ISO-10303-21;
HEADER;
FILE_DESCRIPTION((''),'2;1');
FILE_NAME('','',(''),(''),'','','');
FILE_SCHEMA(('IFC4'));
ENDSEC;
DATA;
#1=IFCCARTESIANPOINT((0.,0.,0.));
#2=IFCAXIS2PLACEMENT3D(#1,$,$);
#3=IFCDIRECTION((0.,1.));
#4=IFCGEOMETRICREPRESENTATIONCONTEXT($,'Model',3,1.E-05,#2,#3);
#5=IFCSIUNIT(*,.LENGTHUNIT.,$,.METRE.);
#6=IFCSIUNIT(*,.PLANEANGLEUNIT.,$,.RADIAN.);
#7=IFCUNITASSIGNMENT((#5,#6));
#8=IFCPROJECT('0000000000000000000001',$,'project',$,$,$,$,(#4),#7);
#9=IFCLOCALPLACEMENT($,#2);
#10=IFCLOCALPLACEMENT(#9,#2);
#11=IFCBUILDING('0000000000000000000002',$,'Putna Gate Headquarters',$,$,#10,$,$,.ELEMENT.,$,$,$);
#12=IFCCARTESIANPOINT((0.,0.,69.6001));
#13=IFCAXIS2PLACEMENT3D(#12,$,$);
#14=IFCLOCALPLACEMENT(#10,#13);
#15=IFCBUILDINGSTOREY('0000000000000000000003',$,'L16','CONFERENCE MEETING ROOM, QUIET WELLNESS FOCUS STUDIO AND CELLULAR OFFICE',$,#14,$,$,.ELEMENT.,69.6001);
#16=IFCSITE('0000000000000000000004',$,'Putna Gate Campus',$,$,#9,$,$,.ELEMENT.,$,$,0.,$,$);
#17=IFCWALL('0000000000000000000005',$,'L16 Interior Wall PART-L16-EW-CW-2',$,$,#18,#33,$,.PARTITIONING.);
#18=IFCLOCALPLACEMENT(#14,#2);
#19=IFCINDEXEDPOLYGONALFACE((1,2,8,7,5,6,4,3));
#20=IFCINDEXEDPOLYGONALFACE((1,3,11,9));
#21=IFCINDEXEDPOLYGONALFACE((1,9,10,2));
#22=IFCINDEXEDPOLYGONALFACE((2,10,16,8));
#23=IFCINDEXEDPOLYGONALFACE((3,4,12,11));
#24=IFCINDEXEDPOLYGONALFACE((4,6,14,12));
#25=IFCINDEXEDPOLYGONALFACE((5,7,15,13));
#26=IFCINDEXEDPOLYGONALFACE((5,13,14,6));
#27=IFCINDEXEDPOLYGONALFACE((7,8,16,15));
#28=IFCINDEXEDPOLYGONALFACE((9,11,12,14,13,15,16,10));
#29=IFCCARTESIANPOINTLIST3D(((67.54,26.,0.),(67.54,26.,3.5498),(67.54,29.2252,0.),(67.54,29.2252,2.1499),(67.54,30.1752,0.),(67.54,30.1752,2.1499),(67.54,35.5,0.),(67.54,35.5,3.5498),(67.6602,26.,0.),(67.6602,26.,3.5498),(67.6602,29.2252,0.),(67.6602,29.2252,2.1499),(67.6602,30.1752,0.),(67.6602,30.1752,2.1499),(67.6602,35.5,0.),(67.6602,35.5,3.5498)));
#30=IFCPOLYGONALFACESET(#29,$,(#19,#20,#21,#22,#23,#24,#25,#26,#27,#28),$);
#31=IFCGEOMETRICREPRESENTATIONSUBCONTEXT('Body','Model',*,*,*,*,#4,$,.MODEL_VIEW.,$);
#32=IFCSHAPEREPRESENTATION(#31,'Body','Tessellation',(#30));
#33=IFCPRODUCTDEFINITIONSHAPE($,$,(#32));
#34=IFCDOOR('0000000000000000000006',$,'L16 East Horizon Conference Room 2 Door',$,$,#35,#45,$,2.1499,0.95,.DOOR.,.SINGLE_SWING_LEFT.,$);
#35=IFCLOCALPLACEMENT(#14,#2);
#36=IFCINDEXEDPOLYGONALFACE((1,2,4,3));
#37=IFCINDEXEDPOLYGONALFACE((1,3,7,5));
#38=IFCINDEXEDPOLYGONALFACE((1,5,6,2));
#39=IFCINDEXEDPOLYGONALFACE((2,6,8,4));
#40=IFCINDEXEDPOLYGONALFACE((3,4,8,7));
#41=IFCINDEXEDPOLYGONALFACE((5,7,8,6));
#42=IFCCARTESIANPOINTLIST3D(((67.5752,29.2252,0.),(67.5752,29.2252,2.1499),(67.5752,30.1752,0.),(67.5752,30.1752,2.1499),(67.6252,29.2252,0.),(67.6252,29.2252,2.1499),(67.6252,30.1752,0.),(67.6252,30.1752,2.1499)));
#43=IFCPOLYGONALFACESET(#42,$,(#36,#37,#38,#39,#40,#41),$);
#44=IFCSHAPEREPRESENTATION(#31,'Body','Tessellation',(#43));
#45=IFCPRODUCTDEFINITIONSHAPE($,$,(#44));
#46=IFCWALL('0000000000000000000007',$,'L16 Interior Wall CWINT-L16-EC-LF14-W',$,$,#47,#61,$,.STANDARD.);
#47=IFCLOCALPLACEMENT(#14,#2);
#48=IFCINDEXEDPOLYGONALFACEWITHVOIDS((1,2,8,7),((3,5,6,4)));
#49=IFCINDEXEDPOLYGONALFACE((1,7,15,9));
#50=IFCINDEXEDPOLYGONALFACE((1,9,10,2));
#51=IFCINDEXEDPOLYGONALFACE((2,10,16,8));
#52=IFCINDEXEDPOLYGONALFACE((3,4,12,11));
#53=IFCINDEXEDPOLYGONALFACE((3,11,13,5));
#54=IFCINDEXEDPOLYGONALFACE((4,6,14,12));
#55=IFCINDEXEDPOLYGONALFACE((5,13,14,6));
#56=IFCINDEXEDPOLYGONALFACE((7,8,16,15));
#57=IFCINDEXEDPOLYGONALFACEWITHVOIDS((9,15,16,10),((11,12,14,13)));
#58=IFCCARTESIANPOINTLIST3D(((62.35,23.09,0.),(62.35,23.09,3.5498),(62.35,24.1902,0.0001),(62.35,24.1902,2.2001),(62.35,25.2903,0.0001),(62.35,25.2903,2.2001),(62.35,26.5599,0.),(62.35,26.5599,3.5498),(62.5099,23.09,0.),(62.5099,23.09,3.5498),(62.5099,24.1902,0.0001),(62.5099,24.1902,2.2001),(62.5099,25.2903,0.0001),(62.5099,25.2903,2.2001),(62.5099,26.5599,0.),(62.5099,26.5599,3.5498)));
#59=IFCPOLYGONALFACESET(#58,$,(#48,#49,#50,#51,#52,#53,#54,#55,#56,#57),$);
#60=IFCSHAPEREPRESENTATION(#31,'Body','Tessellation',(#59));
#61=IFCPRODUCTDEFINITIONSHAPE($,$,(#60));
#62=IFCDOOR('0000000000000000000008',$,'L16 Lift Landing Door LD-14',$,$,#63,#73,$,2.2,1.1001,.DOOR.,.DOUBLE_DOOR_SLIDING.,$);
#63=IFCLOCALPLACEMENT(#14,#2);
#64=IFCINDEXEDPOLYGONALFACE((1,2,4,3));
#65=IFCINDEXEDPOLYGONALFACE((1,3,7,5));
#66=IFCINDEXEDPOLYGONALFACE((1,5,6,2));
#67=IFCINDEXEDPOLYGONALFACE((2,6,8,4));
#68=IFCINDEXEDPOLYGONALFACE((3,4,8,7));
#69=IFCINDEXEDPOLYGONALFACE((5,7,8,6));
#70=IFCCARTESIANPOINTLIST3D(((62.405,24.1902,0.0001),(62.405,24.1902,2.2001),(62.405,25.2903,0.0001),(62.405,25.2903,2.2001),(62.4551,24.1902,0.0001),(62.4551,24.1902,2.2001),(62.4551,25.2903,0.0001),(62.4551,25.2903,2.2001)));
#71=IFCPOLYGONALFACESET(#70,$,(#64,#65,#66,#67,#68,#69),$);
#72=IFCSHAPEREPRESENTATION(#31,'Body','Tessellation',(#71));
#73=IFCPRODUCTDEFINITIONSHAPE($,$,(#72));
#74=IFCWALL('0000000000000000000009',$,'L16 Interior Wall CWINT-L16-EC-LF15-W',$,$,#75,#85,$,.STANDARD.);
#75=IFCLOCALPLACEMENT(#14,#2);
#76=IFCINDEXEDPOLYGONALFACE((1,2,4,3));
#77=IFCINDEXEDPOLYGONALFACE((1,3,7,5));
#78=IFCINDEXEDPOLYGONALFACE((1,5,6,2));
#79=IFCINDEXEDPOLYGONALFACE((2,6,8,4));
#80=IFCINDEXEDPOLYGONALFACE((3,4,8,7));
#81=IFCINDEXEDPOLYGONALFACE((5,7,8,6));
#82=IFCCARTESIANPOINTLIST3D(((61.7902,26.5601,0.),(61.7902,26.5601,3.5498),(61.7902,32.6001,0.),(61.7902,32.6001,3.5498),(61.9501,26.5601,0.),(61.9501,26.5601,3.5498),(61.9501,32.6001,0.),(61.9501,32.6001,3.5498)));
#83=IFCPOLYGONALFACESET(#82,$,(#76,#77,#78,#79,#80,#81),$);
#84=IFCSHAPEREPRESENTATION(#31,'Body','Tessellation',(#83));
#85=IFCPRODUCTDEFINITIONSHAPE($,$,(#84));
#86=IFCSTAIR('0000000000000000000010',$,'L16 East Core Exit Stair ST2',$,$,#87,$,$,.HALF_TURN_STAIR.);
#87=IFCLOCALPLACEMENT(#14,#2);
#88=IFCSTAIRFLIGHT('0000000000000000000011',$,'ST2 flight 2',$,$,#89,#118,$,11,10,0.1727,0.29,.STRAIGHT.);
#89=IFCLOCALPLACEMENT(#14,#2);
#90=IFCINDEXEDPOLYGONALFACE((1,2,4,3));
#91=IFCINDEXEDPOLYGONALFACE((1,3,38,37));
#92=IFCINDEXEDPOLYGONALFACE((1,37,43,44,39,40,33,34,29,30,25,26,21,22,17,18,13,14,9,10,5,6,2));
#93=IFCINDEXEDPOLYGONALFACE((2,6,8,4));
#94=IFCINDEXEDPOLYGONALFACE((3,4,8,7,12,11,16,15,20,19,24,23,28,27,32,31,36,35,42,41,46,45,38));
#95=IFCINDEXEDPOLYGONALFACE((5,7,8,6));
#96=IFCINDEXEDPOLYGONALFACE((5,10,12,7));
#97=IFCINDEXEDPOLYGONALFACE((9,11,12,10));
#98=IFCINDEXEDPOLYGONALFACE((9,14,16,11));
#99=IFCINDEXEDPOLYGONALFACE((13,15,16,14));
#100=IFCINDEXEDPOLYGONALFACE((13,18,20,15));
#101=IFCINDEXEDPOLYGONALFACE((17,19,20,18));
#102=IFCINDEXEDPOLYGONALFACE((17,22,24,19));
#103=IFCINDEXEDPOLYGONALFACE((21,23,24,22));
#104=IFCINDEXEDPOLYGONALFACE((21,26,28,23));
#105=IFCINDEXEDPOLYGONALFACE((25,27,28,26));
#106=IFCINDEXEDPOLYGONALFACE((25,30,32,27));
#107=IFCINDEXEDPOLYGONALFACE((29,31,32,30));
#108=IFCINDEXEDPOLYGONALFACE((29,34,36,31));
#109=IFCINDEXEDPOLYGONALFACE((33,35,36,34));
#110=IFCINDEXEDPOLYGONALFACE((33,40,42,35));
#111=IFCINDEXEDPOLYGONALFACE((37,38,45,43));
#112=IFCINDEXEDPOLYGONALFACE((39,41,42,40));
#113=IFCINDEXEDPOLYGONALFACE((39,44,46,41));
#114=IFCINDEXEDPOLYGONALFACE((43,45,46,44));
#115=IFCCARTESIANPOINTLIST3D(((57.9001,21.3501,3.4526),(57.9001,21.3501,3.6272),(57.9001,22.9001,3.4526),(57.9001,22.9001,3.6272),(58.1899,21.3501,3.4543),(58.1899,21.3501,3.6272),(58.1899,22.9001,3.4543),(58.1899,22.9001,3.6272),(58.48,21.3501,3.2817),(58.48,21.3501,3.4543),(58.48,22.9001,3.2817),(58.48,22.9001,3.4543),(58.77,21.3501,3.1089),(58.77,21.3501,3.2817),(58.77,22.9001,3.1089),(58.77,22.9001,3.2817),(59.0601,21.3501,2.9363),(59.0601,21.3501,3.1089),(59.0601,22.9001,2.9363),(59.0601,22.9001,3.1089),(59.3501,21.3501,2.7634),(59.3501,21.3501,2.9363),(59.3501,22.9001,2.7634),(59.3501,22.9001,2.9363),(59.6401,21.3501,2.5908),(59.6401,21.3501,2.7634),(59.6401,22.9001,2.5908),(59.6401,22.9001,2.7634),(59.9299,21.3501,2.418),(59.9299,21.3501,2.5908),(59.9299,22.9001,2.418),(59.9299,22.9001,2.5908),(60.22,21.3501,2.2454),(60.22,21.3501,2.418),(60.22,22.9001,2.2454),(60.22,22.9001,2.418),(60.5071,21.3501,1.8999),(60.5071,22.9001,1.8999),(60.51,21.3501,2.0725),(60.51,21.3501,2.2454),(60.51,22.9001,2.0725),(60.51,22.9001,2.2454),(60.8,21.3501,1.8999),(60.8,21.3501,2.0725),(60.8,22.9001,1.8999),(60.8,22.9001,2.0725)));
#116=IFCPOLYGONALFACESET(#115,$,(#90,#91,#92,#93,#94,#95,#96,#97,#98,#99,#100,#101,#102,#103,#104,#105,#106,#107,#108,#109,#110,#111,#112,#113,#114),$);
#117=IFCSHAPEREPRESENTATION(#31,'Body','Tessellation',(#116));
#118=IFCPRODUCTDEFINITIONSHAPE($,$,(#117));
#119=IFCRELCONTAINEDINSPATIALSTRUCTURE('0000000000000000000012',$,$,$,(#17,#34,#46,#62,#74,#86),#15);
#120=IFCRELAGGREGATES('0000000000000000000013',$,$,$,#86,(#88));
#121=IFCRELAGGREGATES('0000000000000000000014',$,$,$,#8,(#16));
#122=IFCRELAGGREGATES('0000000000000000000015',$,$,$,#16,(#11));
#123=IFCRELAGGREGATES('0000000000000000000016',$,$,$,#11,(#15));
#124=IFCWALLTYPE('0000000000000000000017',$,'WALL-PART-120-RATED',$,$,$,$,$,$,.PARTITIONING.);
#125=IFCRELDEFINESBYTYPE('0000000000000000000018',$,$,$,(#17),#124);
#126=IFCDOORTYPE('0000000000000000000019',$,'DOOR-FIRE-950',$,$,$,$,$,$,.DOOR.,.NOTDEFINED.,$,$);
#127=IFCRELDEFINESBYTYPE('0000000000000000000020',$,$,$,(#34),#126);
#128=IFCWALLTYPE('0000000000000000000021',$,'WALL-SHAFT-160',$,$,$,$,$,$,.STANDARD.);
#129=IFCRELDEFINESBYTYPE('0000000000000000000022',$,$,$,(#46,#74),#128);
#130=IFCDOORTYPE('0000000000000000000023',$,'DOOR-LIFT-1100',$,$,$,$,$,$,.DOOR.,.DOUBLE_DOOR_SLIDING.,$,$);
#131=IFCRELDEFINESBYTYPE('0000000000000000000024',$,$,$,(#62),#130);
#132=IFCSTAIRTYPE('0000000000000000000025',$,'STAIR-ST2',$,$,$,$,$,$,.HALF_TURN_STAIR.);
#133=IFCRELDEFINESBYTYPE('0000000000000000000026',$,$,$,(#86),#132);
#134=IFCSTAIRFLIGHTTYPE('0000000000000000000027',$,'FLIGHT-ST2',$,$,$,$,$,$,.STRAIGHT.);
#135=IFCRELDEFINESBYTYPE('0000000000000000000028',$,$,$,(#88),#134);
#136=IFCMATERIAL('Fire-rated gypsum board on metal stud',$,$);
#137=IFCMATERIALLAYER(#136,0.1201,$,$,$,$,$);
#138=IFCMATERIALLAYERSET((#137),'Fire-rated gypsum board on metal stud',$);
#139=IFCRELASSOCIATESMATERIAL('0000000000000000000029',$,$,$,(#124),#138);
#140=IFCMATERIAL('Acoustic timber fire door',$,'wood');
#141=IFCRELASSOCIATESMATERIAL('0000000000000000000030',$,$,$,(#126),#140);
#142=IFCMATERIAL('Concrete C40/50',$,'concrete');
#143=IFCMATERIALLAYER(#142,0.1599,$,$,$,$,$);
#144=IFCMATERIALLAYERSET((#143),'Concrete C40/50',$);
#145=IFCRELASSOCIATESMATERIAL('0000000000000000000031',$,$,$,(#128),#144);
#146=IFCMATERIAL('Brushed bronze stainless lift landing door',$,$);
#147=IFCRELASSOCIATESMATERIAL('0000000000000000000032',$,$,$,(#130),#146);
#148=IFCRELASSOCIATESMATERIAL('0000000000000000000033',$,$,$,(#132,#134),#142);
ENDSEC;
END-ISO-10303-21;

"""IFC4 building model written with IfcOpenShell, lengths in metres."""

from ifc_helpers import new_model, si_unit, direction, frame, frame_2d, origin, place, context, subcontext, project, spatial, polyline, rectangle, outline, extrude, material, layer, layer_set, type_object, element, fill, aggregate, save


model = new_model("IFC4")

# Units and contexts
model_context = context("Model", 3, precision=1e-05, world=origin(), true_north=direction((0.0, 1.0)))
body_context = subcontext(model_context, "Body", "Model", "MODEL_VIEW")
ifc_project = project(units=[si_unit("LENGTHUNIT", "METRE"), si_unit("PLANEANGLEUNIT", "RADIAN")], contexts=[model_context])

# Site, building, storey
site_placement = place(None, origin())
site = spatial("IfcSite", under=ifc_project, at=site_placement, Name="Putna Gate Campus", CompositionType="ELEMENT", RefElevation=0.0)
building_placement = place(site_placement, origin())
building = spatial("IfcBuilding", under=site, at=building_placement, Name="Putna Gate Headquarters", CompositionType="ELEMENT")
storey_placement = place(building_placement, frame((0.0, 0.0, 69.6001)))
storey = spatial("IfcBuildingStorey", under=building, at=storey_placement, Name="L16", Description="CONFERENCE MEETING ROOM, QUIET WELLNESS FOCUS STUDIO AND CELLULAR OFFICE", CompositionType="ELEMENT", Elevation=69.6001)

# Shared definitions
ifc_material_1 = material(Name="Fire-rated gypsum board on metal stud")
ifc_layer_1 = layer(ifc_material_1, 0.1201)
ifc_layer_set_1 = layer_set([ifc_layer_1], Name="Fire-rated gypsum board on metal stud")
wall_type_1 = type_object("IfcWallType", Name="WALL-PART-120-RATED", PredefinedType="PARTITIONING", material=ifc_layer_set_1)

# Walls, openings, doors
wall_1_placement = place(storey_placement, frame((67.6001, 26.0, 0.0), z_axis=(0.0, 0.0, 1.0), x_axis=(0.0, 1.0, 0.0)))
wall_1 = element("IfcWall", 1, at=wall_1_placement, inside=storey, type_object=wall_type_1, Name="L16 Interior Wall PART-L16-EW-CW-2", PredefinedType="PARTITIONING", context=body_context, shape_type="SweptSolid", body=[
    extrude(rectangle(XDim=9.5, YDim=0.1201, at=frame_2d((4.75, 0.0))), origin(), (0.0, 0.0, 1.0), 3.5498),
])
opening_1_placement = place(wall_1_placement, frame((3.2251, 0.0, 0.0)))
opening_1 = element("IfcOpeningElement", 2, at=opening_1_placement, cuts=wall_1, PredefinedType="OPENING", context=body_context, shape_type="SweptSolid", body=[
    extrude(rectangle(XDim=0.95, YDim=2.1499, at=frame_2d((0.4751, 1.075))), frame((0.0, 0.0701, 0.0), z_axis=(0.0, -1.0, 0.0), x_axis=(1.0, 0.0, 0.0)), (0.0, 0.0, 1.0), 0.1401),
])
ifc_material_2 = material(Name="Acoustic timber fire door", Category="wood")
door_type_1 = type_object("IfcDoorType", Name="DOOR-FIRE-950", OperationType="NOTDEFINED", PredefinedType="DOOR", material=ifc_material_2)
door_1_placement = place(opening_1_placement, origin())
door_1 = element("IfcDoor", 3, at=door_1_placement, inside=storey, type_object=door_type_1, Name="L16 East Horizon Conference Room 2 Door", OperationType="SINGLE_SWING_LEFT", OverallHeight=2.1499, OverallWidth=0.95, PredefinedType="DOOR", context=body_context, shape_type="SweptSolid", body=[
    extrude(rectangle(XDim=0.95, YDim=2.1499, at=frame_2d((0.4751, 1.075))), frame((0.0, 0.0249, 0.0), z_axis=(0.0, -1.0, 0.0), x_axis=(1.0, 0.0, 0.0)), (0.0, 0.0, 1.0), 0.05),
])
fill(opening_1, door_1)
ifc_material_3 = material(Name="Concrete C40/50", Category="concrete")
ifc_layer_2 = layer(ifc_material_3, 0.1599)
ifc_layer_set_2 = layer_set([ifc_layer_2], Name="Concrete C40/50")
wall_type_2 = type_object("IfcWallType", Name="WALL-SHAFT-160", PredefinedType="STANDARD", material=ifc_layer_set_2)
wall_2_placement = place(storey_placement, frame((62.4299, 23.0901, 0.0), z_axis=(0.0, 0.0, 1.0), x_axis=(0.0, 1.0, 0.0)))
wall_2 = element("IfcWall", 4, at=wall_2_placement, inside=storey, type_object=wall_type_2, Name="L16 Interior Wall CWINT-L16-EC-LF14-W", PredefinedType="STANDARD", context=body_context, shape_type="SweptSolid", body=[
    extrude(rectangle(XDim=3.47, YDim=0.1599, at=frame_2d((1.7349, 0.0))), origin(), (0.0, 0.0, 1.0), 3.5498),
])
opening_2_placement = place(wall_2_placement, frame((1.1001, 0.0, 0.0)))
opening_2 = element("IfcOpeningElement", 5, at=opening_2_placement, cuts=wall_2, PredefinedType="OPENING", context=body_context, shape_type="SweptSolid", body=[
    extrude(rectangle(XDim=1.1001, YDim=2.2, at=frame_2d((0.55, 1.1001))), frame((0.0, 0.0898, 0.0), z_axis=(0.0, -1.0, 0.0), x_axis=(1.0, 0.0, 0.0)), (0.0, 0.0, 1.0), 0.1799),
])
ifc_material_4 = material(Name="Brushed bronze stainless lift landing door")
door_type_2 = type_object("IfcDoorType", Name="DOOR-LIFT-1100", OperationType="DOUBLE_DOOR_SLIDING", PredefinedType="DOOR", material=ifc_material_4)
door_2_placement = place(opening_2_placement, origin())
door_2 = element("IfcDoor", 6, at=door_2_placement, inside=storey, type_object=door_type_2, Name="L16 Lift Landing Door LD-14", OperationType="DOUBLE_DOOR_SLIDING", OverallHeight=2.2, OverallWidth=1.1001, PredefinedType="DOOR", context=body_context, shape_type="SweptSolid", body=[
    extrude(rectangle(XDim=1.1001, YDim=2.2, at=frame_2d((0.55, 1.1001))), frame((0.0, 0.0249, 0.0), z_axis=(0.0, -1.0, 0.0), x_axis=(1.0, 0.0, 0.0)), (0.0, 0.0, 1.0), 0.05),
])
fill(opening_2, door_2)

# Wall
wall_3_placement = place(storey_placement, frame((61.8701, 26.5601, 0.0), z_axis=(0.0, 0.0, 1.0), x_axis=(0.0, 1.0, 0.0)))
element("IfcWall", 7, at=wall_3_placement, inside=storey, type_object=wall_type_2, Name="L16 Interior Wall CWINT-L16-EC-LF15-W", PredefinedType="STANDARD", context=body_context, shape_type="SweptSolid", body=[
    extrude(rectangle(XDim=6.04, YDim=0.1599, at=frame_2d((3.02, 0.0))), origin(), (0.0, 0.0, 1.0), 3.5498),
])

# Stair, stair flight
stair_type = type_object("IfcStairType", Name="STAIR-ST2", PredefinedType="HALF_TURN_STAIR", material=ifc_material_3)
stair_placement = place(storey_placement, origin())
stair = element("IfcStair", 8, at=stair_placement, inside=storey, type_object=stair_type, Name="L16 East Core Exit Stair ST2", PredefinedType="HALF_TURN_STAIR")
stair_flight_type = type_object("IfcStairFlightType", Name="FLIGHT-ST2", PredefinedType="STRAIGHT", material=ifc_material_3)
stair_flight_placement = place(storey_placement, frame((60.8, 22.125, 1.8999), z_axis=(0.0, 0.0, 1.0), x_axis=(-1.0, 0.0, 0.0)))
stair_flight = element("IfcStairFlight", 9, at=stair_flight_placement, type_object=stair_flight_type, Name="ST2 flight 2", NumberOfRisers=11, NumberOfTreads=10, PredefinedType="STRAIGHT", RiserHeight=0.1727, TreadLength=0.29, context=body_context, shape_type="SweptSolid", body=[
    extrude(outline(polyline([(0.0, 0.0), (0.0, 0.1726), (0.29, 0.1726), (0.29, 0.3455), (0.5801, 0.3455), (0.5801, 0.5181), (0.8701, 0.5181), (0.8701, 0.6909), (1.1599, 0.6909), (1.1599, 0.8635), (1.45, 0.8635), (1.45, 1.0364), (1.74, 1.0364), (1.74, 1.209), (2.03, 1.209), (2.03, 1.3818), (2.3201, 1.3818), (2.3201, 1.5544), (2.6101, 1.5544), (2.6101, 1.7273), (2.8999, 1.7273), (2.8999, 1.8999), (2.8999, 1.5527), (0.293, 0.0), (0.0, 0.0)])), frame((0.0, 0.7749, 0.0), z_axis=(0.0, -1.0, 0.0), x_axis=(1.0, 0.0, 0.0)), (0.0, 0.0, 1.0), 1.55),
])
aggregate(stair, [stair_flight])

save(model, "model.ifc")
